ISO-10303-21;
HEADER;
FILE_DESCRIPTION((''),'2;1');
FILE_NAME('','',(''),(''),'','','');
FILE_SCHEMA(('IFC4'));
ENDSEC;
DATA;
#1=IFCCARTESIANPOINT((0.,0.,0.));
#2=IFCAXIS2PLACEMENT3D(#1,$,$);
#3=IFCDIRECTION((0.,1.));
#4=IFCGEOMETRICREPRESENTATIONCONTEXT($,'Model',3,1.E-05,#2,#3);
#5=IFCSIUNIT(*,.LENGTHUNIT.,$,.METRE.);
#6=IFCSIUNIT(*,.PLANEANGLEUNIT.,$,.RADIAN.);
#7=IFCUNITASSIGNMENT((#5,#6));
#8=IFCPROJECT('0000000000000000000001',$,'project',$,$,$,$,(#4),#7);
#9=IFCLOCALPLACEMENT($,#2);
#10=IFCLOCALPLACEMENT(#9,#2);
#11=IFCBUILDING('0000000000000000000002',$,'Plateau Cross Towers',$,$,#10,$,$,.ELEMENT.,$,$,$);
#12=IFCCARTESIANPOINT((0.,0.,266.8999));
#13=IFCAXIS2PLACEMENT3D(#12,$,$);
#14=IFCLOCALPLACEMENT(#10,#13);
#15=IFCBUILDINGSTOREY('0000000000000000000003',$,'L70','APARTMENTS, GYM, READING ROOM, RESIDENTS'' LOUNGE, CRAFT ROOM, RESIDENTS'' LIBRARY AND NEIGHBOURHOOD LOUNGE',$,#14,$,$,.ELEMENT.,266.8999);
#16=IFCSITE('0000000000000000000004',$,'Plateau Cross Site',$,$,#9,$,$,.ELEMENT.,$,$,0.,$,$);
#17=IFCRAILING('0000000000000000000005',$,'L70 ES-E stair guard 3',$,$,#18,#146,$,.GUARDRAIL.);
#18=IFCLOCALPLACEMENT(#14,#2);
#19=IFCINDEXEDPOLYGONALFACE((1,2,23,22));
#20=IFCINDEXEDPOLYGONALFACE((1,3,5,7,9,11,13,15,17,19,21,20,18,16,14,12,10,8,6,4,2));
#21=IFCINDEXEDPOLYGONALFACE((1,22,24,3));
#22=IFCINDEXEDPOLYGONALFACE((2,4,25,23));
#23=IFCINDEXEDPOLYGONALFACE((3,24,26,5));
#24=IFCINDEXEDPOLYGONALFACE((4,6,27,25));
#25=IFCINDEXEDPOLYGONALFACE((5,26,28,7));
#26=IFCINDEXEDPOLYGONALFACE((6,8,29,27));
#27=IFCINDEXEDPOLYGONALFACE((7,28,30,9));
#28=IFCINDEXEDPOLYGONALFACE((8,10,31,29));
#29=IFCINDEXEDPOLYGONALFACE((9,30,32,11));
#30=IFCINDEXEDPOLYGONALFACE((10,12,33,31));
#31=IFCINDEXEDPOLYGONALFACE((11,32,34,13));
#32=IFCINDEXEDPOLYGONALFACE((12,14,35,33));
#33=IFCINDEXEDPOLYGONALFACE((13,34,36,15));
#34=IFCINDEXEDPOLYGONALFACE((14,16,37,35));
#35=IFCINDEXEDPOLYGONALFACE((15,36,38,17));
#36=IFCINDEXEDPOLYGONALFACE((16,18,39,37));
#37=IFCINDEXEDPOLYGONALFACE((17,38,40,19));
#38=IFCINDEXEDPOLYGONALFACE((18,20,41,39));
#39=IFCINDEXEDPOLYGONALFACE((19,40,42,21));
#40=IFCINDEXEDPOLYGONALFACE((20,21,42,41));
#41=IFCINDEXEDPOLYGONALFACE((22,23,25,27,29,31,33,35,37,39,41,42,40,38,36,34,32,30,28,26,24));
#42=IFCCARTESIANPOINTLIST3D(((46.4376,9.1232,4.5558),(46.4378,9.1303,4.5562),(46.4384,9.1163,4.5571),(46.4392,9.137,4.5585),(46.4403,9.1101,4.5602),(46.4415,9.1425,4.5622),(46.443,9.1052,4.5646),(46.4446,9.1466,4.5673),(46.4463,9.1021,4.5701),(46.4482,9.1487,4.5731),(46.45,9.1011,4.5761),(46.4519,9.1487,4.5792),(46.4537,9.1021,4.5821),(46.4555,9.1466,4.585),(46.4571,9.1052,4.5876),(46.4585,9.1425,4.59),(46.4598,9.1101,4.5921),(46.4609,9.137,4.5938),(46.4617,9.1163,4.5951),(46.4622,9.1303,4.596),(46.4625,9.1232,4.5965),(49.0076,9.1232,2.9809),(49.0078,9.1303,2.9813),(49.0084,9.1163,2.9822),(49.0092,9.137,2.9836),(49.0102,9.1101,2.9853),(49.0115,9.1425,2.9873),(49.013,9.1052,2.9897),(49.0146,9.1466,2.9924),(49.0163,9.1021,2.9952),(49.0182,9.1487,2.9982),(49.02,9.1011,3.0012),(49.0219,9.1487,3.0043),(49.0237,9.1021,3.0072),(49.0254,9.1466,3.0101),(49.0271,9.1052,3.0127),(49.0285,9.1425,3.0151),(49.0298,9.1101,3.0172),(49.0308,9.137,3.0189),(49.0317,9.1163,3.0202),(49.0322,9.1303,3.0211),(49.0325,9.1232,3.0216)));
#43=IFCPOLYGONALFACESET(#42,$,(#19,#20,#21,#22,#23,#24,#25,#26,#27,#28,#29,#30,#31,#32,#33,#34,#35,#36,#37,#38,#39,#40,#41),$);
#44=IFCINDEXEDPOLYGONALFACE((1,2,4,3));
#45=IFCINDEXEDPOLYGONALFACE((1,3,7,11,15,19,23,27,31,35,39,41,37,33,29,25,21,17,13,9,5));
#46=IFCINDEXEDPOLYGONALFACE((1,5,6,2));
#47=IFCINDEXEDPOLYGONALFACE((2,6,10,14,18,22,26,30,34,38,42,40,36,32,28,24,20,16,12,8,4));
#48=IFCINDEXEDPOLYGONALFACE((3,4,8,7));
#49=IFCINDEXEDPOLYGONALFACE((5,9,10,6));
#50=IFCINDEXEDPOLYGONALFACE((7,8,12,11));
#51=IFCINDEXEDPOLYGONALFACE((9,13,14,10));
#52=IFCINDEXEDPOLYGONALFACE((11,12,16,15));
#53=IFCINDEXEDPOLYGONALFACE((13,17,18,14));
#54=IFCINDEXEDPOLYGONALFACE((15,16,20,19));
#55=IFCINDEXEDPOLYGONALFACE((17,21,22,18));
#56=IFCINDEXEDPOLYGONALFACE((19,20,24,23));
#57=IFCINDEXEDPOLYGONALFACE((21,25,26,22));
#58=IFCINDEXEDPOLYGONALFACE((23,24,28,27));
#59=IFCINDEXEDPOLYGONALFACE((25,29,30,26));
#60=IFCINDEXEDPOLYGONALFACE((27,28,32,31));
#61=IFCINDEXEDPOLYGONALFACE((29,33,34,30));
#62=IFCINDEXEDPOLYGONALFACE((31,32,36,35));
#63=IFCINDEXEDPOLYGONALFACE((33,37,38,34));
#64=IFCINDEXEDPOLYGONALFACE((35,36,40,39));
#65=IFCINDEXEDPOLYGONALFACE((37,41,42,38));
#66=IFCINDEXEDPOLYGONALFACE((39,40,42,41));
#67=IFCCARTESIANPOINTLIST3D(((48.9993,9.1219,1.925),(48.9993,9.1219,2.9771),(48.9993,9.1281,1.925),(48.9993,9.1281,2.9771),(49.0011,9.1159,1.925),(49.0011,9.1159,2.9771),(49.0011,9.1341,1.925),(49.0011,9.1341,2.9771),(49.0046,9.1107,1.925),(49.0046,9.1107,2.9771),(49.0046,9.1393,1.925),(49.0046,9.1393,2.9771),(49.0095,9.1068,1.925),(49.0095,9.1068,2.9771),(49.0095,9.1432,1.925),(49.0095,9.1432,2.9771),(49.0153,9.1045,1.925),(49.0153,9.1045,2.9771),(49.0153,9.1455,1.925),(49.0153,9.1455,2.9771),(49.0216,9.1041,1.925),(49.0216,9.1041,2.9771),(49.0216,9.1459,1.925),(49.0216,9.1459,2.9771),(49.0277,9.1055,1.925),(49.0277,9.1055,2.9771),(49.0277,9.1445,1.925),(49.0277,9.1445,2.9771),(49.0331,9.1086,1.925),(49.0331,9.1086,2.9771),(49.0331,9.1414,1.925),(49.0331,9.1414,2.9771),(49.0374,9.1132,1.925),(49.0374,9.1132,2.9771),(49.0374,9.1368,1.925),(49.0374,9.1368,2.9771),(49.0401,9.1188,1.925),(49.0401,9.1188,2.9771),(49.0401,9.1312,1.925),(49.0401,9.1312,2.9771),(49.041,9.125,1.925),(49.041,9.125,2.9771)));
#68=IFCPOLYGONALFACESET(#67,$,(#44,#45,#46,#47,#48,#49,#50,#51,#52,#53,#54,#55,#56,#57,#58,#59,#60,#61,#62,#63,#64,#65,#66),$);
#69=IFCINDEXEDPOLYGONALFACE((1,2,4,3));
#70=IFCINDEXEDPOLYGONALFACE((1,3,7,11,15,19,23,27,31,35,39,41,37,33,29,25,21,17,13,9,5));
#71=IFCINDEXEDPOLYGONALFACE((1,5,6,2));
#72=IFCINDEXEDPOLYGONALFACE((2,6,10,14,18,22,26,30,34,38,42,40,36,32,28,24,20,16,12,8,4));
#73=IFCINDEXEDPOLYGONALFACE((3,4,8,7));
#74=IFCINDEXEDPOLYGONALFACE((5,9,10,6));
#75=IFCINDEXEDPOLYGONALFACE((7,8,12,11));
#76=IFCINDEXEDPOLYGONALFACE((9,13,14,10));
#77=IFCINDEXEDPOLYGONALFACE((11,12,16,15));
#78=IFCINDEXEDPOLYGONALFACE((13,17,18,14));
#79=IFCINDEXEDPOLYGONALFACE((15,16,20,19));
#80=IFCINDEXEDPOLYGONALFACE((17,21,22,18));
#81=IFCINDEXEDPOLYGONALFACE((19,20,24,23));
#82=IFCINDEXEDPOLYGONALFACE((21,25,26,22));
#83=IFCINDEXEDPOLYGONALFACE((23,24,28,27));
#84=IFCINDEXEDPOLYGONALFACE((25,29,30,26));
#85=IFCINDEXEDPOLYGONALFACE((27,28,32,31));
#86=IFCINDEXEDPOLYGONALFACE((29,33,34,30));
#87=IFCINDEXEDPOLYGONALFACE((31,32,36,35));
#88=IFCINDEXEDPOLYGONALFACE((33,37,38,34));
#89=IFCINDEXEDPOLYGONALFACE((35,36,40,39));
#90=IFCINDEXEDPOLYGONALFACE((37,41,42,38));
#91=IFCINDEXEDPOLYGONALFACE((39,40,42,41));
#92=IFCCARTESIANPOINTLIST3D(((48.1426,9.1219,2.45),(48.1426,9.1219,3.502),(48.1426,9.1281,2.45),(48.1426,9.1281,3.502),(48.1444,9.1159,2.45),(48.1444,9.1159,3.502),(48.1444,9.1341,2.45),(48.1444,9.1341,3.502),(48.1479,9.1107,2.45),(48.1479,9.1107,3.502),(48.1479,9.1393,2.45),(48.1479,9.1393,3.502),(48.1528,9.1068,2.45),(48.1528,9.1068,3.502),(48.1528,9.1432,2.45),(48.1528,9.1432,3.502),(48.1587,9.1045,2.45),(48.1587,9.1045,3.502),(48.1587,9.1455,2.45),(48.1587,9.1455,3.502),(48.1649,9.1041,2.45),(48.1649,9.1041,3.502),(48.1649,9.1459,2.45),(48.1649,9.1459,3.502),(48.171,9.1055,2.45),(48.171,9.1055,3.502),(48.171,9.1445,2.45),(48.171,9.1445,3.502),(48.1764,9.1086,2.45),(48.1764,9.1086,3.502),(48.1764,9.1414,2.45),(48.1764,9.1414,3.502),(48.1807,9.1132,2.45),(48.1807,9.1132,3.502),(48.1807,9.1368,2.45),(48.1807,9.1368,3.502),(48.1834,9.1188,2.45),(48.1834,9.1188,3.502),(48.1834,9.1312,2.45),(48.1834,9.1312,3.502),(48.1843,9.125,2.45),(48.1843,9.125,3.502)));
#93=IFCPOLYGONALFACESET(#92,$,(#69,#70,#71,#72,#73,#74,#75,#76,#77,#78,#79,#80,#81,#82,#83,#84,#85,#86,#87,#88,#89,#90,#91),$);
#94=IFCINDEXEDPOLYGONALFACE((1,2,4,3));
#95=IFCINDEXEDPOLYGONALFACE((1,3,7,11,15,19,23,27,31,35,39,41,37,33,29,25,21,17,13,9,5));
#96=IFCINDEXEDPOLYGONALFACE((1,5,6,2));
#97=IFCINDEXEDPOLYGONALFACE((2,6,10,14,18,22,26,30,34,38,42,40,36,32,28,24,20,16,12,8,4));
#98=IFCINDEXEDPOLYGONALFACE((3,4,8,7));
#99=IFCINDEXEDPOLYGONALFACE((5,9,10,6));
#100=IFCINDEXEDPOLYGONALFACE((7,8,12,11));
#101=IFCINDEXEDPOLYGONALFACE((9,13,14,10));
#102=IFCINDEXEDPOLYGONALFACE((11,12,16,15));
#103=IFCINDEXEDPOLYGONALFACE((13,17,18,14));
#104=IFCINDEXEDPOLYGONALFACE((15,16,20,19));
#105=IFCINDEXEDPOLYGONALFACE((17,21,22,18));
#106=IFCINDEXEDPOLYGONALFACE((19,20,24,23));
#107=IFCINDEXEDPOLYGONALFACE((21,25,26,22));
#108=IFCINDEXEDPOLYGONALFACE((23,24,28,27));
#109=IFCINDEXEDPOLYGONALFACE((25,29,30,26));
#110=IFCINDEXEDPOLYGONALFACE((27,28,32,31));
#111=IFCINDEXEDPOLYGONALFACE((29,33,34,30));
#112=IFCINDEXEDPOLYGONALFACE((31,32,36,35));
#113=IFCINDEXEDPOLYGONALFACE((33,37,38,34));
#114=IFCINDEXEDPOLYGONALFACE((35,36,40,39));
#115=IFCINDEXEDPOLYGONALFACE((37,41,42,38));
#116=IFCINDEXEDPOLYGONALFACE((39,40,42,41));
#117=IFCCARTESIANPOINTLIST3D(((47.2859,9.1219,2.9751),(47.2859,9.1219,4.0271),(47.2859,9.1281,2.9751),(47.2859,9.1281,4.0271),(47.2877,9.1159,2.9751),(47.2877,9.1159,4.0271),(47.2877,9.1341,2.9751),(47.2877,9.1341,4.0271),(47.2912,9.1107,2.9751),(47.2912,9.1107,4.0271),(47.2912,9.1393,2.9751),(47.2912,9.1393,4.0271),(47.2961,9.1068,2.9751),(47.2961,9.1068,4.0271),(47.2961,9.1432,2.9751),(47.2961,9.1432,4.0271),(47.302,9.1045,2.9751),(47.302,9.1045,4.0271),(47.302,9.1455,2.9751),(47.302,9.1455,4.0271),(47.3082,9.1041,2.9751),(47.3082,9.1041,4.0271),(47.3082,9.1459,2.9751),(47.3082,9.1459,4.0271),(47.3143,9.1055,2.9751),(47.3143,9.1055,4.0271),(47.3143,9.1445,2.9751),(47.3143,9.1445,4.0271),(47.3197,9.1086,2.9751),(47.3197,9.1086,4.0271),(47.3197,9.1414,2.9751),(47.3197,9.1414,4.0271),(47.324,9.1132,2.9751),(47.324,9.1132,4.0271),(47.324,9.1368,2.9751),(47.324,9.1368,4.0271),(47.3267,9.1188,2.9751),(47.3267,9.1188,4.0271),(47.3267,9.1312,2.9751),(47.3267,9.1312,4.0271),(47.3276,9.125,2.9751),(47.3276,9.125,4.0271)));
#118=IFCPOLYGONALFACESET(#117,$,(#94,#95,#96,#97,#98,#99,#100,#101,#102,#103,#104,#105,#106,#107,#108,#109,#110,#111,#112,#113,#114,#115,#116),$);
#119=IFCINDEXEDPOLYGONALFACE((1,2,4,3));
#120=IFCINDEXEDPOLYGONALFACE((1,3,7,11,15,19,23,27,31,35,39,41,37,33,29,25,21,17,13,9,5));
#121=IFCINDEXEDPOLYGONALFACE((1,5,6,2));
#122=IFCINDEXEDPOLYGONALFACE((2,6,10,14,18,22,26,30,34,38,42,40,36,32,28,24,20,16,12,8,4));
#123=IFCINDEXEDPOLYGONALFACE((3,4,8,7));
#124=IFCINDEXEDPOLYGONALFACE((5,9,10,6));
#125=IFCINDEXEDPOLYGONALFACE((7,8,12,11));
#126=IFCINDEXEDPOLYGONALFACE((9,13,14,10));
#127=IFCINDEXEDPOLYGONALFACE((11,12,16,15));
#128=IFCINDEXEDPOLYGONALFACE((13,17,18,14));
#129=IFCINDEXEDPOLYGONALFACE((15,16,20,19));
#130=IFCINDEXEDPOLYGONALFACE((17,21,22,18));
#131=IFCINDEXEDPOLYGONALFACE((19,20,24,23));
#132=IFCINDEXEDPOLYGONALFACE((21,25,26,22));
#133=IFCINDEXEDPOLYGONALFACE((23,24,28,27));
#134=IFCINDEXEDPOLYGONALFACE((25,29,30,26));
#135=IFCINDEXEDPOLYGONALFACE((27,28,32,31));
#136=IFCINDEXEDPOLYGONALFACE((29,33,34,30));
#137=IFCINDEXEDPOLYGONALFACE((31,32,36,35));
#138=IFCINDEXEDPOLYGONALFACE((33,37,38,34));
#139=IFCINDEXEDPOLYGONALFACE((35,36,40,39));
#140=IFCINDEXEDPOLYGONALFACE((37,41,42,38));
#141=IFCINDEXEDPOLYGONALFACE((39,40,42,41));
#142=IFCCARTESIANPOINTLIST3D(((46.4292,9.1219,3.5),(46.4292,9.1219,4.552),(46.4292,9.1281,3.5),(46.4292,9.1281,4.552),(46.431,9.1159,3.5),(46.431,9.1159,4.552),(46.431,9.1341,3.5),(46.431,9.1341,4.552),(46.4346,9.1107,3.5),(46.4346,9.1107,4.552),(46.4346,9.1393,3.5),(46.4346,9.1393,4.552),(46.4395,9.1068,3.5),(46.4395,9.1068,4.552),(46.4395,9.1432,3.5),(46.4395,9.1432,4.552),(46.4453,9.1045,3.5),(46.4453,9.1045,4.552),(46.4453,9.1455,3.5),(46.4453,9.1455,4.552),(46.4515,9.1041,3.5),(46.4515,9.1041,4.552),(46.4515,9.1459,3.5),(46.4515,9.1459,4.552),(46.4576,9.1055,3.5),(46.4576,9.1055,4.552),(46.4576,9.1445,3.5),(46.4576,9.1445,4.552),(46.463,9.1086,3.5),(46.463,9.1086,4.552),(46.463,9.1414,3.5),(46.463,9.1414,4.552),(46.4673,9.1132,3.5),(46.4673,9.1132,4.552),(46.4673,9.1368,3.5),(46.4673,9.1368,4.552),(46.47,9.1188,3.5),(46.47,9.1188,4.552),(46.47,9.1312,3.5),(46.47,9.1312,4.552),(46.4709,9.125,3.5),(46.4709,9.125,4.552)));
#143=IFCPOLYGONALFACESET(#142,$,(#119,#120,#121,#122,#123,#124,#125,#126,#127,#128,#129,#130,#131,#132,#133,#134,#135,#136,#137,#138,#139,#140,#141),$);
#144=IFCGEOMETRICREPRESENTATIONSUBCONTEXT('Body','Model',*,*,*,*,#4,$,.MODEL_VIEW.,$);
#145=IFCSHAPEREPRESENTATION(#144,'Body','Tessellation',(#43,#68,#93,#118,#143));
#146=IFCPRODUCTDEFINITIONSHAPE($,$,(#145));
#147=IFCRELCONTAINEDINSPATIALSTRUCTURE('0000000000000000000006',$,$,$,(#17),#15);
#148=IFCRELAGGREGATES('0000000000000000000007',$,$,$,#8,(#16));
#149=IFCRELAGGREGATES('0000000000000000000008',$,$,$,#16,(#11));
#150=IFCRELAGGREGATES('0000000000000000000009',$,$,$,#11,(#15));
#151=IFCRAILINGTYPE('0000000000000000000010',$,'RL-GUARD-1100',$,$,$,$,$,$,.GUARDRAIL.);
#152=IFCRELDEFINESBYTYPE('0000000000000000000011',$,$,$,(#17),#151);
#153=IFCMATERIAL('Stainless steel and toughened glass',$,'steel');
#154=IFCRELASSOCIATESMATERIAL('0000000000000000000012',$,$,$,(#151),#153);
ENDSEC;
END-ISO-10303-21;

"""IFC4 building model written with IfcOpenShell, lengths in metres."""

from ifc_helpers import new_model, si_unit, direction, frame, origin, origin_2d, place, context, subcontext, project, spatial, circle, extrude, material, type_object, element, save


model = new_model("IFC4")

# Units and contexts
model_context = context("Model", 3, precision=1e-05, world=origin(), true_north=direction((0.0, 1.0)))
body_context = subcontext(model_context, "Body", "Model", "MODEL_VIEW")
ifc_project = project(units=[si_unit("LENGTHUNIT", "METRE"), si_unit("PLANEANGLEUNIT", "RADIAN")], contexts=[model_context])

# Site, building, storey
site_placement = place(None, origin())
site = spatial("IfcSite", under=ifc_project, at=site_placement, Name="Plateau Cross Site", CompositionType="ELEMENT", RefElevation=0.0)
building_placement = place(site_placement, origin())
building = spatial("IfcBuilding", under=site, at=building_placement, Name="Plateau Cross Towers", CompositionType="ELEMENT")
storey_placement = place(building_placement, frame((0.0, 0.0, 266.8999)))
storey = spatial("IfcBuildingStorey", under=building, at=storey_placement, Name="L70", Description="APARTMENTS, GYM, READING ROOM, RESIDENTS' LOUNGE, CRAFT ROOM, RESIDENTS' LIBRARY AND NEIGHBOURHOOD LOUNGE", CompositionType="ELEMENT", Elevation=266.8999)

# Railing
ifc_material_1 = material(Name="Stainless steel and toughened glass", Category="steel")
railing_type_1 = type_object("IfcRailingType", Name="RL-GUARD-1100", PredefinedType="GUARDRAIL", material=ifc_material_1)
railing_1_placement = place(storey_placement, frame((49.02, 9.125, 1.925)))
element("IfcRailing", 1, at=railing_1_placement, inside=storey, type_object=railing_type_1, Name="L70 ES-E stair guard 3", PredefinedType="GUARDRAIL", context=body_context, shape_type="SweptSolid", body=[
    extrude(circle(Radius=0.0239, at=origin_2d()), frame((0.0, 0.0, 1.0762), z_axis=(-0.852639, 0.0, 0.522501), x_axis=(0.0, -1.0, 0.0)), (0.0, 0.0, 1.0), 3.0142),
    extrude(circle(Radius=0.021, at=origin_2d()), origin(), (0.0, 0.0, 1.0), 1.052),
    extrude(circle(Radius=0.021, at=origin_2d()), frame((-0.8567, 0.0, 0.5249)), (0.0, 0.0, 1.0), 1.052),
    extrude(circle(Radius=0.021, at=origin_2d()), frame((-1.7134, 0.0, 1.05)), (0.0, 0.0, 1.0), 1.052),
    extrude(circle(Radius=0.021, at=origin_2d()), frame((-2.5701, 0.0, 1.575)), (0.0, 0.0, 1.0), 1.052),
])

save(model, "model.ifc")
